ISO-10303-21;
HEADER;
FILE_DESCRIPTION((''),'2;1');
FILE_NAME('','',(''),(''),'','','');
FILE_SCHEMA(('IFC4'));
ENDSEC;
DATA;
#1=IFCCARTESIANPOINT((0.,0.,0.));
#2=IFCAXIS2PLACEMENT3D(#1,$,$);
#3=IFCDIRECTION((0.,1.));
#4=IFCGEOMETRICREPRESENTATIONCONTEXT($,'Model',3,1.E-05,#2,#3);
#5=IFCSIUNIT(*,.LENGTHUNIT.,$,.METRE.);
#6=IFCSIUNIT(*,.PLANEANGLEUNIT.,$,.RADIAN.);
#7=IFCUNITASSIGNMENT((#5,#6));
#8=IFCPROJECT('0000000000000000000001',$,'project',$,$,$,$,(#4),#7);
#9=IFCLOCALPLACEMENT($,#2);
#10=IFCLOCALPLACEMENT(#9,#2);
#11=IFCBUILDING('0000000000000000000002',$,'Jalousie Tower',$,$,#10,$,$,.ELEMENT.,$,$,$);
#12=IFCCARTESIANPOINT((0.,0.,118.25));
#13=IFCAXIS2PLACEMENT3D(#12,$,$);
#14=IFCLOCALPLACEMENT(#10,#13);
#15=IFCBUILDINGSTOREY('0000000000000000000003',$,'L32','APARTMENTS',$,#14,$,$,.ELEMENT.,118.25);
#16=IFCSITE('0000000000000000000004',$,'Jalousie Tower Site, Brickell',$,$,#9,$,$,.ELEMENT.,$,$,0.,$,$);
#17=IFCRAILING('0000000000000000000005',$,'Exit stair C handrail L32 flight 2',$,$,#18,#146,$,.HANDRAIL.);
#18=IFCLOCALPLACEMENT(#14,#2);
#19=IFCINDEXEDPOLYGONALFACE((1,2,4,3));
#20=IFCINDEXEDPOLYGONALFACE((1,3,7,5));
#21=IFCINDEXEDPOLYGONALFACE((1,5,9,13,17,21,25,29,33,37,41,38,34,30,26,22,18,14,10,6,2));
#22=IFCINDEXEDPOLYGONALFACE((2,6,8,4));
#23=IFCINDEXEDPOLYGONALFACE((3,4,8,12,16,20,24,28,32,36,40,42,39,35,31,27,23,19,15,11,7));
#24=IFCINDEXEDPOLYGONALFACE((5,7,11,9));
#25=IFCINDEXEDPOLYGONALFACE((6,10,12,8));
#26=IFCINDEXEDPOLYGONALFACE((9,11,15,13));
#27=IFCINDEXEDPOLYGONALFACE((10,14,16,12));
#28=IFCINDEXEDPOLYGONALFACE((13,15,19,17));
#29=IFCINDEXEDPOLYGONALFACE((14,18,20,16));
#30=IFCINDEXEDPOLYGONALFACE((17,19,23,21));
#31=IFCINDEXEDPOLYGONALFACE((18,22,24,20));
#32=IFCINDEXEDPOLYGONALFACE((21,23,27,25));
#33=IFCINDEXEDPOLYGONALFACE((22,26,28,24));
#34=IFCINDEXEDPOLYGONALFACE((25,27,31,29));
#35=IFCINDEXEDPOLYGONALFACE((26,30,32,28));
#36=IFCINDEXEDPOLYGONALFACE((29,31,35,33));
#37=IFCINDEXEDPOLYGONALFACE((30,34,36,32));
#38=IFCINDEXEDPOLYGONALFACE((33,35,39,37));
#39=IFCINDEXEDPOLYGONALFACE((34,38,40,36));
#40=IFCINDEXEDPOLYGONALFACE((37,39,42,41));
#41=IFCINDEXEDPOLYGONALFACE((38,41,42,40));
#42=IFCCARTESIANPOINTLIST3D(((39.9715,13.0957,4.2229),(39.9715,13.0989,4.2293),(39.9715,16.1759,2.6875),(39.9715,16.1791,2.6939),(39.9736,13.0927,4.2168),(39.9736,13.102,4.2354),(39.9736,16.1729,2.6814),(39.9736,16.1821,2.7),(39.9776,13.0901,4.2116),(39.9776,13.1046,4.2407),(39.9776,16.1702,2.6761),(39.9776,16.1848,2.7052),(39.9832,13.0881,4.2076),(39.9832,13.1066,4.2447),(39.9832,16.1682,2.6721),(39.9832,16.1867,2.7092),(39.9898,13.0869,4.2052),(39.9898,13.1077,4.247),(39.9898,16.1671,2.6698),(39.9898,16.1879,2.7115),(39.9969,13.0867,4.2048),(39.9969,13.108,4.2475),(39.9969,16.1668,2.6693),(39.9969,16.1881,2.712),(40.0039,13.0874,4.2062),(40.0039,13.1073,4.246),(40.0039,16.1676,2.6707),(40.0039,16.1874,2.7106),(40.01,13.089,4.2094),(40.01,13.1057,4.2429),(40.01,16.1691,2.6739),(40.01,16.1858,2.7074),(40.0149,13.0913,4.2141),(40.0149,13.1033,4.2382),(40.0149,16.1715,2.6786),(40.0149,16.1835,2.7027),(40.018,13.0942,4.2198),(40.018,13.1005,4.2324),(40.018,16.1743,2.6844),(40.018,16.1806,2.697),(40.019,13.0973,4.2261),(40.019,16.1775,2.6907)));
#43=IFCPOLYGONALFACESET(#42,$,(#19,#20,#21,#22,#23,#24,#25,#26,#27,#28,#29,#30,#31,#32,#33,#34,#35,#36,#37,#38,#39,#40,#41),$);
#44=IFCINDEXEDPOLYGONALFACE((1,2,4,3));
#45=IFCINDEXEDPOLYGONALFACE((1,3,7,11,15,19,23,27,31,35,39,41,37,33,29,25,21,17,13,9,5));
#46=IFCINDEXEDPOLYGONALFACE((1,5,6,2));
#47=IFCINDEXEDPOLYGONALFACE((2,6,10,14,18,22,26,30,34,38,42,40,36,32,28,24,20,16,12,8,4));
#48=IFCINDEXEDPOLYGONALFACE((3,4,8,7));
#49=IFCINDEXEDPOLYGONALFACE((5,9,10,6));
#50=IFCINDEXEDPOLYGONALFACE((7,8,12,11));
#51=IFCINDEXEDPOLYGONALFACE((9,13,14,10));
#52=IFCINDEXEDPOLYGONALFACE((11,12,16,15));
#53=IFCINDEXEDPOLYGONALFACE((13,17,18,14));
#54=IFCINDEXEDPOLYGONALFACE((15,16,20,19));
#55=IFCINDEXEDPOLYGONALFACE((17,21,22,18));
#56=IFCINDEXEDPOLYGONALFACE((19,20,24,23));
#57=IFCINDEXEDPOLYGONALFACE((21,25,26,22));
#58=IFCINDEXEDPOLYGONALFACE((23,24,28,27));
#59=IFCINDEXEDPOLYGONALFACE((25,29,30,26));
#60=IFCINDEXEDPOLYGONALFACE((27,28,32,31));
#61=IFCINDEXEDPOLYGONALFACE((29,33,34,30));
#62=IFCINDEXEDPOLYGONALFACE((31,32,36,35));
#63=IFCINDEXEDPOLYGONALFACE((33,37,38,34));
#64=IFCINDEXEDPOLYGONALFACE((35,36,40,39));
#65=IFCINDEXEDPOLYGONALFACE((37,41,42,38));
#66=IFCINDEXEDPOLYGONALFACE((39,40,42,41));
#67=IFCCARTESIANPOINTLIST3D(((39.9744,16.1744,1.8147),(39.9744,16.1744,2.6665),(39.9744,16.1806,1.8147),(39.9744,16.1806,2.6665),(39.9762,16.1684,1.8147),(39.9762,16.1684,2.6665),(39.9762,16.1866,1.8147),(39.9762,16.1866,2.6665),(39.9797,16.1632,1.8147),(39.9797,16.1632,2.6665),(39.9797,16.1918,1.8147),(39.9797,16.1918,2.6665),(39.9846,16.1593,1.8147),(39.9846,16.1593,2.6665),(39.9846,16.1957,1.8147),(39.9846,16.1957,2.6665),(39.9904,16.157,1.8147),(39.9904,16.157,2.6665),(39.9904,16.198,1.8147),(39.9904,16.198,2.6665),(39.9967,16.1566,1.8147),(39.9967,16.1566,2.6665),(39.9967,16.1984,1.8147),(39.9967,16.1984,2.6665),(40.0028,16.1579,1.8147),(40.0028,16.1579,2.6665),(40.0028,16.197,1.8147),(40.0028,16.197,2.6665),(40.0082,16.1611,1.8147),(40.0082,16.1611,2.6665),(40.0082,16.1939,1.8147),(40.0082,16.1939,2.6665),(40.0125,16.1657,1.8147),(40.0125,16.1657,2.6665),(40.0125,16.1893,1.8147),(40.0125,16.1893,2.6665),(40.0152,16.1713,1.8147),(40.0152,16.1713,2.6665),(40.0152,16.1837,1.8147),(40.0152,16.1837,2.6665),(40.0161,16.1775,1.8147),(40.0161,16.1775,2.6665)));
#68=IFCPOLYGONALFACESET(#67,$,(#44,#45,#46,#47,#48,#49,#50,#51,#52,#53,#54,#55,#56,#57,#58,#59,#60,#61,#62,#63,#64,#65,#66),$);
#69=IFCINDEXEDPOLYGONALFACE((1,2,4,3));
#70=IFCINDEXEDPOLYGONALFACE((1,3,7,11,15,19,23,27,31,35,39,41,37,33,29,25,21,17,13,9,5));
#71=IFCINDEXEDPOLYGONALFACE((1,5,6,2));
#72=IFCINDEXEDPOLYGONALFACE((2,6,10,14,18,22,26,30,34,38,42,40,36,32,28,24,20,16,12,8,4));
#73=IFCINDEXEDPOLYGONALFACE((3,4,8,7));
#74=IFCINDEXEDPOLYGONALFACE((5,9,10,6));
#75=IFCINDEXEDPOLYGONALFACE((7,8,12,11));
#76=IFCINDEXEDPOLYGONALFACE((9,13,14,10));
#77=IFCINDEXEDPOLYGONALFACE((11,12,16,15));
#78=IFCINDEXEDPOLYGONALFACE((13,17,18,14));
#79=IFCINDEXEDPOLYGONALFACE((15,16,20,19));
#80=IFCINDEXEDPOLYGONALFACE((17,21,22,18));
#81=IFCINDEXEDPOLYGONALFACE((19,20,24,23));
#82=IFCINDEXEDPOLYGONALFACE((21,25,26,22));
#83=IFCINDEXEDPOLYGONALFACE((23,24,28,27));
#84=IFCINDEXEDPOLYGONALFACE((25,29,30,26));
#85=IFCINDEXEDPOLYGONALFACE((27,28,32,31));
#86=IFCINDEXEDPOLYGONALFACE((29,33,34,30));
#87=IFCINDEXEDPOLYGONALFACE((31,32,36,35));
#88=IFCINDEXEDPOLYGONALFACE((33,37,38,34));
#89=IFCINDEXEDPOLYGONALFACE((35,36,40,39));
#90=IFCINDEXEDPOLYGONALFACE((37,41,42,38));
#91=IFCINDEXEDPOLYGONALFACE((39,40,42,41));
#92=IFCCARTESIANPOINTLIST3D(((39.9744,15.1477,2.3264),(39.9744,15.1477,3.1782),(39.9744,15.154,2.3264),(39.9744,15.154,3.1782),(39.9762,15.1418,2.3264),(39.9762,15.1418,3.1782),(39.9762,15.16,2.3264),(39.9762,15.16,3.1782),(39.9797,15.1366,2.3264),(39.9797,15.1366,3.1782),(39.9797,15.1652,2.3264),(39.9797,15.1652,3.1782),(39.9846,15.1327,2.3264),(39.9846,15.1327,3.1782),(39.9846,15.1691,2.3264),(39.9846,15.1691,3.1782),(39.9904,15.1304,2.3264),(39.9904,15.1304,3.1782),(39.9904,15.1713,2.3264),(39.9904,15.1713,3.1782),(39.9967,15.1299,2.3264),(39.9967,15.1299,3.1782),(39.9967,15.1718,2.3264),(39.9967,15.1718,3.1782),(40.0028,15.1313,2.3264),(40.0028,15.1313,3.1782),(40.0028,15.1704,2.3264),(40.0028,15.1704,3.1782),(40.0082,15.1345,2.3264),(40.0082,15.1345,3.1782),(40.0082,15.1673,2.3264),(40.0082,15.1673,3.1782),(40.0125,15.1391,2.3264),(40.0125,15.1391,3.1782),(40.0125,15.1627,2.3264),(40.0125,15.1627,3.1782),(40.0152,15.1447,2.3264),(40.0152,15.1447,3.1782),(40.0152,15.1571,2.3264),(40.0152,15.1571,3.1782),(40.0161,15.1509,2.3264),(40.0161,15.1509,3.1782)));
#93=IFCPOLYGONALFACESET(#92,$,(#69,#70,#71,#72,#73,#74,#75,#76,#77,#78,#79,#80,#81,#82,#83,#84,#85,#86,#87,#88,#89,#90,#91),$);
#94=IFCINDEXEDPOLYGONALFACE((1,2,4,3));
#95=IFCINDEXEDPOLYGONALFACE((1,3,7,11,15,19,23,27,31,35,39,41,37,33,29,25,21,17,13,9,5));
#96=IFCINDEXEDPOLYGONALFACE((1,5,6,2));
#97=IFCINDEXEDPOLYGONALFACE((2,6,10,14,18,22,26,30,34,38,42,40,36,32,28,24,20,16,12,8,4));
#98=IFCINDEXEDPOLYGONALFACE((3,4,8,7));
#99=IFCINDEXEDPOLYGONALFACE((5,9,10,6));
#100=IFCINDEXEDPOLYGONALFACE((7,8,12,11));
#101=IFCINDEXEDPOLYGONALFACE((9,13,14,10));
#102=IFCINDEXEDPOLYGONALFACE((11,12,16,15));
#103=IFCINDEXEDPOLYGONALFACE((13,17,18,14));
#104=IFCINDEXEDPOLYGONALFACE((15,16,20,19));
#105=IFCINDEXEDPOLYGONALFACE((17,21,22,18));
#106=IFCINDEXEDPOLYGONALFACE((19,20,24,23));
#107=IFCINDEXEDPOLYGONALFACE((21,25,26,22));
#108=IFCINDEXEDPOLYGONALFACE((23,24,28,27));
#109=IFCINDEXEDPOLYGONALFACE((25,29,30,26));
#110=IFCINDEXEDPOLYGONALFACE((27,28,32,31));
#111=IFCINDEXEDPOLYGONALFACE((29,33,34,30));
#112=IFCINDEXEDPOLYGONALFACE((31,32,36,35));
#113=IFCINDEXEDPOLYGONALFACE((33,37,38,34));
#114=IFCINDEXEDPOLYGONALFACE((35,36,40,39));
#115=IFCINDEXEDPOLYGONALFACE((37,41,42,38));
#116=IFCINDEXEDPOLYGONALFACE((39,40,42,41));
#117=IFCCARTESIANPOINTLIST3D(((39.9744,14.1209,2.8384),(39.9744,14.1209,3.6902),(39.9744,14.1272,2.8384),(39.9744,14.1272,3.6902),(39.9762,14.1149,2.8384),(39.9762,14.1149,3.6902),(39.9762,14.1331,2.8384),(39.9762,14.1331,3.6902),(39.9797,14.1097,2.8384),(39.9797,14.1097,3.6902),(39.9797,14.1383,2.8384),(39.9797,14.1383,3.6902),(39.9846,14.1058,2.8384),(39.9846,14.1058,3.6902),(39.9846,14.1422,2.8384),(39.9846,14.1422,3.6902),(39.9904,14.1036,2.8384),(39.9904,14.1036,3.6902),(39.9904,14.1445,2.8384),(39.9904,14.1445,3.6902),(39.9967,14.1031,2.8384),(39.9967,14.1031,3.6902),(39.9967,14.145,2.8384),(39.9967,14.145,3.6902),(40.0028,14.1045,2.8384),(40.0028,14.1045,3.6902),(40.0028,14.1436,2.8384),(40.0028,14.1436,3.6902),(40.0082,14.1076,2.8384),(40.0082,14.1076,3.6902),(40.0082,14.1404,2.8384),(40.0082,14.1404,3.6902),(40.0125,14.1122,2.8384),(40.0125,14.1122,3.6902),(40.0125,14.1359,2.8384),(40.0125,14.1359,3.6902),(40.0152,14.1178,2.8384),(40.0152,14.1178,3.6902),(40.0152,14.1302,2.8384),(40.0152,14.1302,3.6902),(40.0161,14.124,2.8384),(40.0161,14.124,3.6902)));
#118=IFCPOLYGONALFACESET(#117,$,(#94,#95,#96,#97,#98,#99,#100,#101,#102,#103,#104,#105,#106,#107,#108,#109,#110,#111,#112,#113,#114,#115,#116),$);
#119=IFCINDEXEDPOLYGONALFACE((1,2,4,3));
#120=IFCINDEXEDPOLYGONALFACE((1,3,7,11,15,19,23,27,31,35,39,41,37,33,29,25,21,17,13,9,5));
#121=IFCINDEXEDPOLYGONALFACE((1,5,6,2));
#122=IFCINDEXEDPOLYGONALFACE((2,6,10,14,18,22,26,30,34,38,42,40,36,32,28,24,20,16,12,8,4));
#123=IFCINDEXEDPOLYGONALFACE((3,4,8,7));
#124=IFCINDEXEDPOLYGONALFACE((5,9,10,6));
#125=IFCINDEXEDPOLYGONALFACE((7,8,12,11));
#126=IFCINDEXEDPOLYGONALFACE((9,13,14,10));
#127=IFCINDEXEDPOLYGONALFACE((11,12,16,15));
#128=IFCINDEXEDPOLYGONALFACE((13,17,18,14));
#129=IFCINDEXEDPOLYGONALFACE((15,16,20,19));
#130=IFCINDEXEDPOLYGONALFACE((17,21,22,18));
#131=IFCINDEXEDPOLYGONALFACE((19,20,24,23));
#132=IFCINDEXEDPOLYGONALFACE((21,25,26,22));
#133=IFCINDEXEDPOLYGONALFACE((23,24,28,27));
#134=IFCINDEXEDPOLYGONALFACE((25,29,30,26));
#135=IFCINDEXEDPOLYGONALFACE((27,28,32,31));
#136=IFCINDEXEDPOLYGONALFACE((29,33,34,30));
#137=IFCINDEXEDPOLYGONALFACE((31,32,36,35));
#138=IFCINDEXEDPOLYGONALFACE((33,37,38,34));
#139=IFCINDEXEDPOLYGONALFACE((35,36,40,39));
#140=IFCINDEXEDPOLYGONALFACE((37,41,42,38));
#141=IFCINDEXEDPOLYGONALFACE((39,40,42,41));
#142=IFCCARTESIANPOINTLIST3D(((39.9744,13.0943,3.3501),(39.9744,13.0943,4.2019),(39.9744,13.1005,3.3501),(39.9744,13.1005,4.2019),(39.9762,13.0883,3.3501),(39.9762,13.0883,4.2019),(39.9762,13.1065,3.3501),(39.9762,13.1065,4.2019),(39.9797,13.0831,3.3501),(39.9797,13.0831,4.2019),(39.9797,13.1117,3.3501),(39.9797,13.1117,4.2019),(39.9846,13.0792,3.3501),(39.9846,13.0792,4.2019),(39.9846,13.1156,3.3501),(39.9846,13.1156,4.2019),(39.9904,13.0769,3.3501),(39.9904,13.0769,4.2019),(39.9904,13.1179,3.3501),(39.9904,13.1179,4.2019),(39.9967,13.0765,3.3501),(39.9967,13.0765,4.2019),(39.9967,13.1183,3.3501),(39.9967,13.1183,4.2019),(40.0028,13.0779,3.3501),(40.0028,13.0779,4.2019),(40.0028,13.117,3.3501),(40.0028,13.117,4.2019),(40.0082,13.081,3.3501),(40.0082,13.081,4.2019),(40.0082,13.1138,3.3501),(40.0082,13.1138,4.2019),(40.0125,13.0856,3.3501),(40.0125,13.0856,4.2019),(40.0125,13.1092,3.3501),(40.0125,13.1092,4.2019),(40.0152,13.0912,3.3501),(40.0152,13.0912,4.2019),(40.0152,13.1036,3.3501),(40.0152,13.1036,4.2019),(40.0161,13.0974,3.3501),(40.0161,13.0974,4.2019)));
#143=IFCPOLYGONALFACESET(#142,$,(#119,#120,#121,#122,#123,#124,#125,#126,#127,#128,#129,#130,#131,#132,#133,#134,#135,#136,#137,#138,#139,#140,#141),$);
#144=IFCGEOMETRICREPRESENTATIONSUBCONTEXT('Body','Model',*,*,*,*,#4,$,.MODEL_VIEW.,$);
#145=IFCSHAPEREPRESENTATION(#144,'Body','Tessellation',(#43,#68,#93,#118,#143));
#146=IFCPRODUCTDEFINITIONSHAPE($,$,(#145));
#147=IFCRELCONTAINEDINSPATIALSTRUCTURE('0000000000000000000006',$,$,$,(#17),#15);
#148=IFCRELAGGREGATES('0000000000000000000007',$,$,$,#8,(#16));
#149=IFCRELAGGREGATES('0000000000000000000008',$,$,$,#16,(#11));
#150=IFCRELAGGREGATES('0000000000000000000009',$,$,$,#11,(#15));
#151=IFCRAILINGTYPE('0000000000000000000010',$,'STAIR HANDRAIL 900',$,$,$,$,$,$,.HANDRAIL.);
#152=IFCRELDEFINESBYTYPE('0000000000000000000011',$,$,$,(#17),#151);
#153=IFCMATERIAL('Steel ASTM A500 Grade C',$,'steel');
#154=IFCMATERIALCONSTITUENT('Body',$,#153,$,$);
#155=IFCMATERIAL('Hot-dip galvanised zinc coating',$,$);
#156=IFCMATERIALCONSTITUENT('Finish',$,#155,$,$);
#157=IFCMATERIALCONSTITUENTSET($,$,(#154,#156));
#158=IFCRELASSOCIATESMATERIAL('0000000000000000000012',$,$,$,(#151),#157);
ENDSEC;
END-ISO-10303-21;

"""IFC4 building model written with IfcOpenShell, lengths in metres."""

from ifc_helpers import new_model, si_unit, direction, frame, origin, origin_2d, place, context, subcontext, project, spatial, circle, extrude, material, constituent, constituent_set, type_object, element, save


model = new_model("IFC4")

# Units and contexts
model_context = context("Model", 3, precision=1e-05, world=origin(), true_north=direction((0.0, 1.0)))
body_context = subcontext(model_context, "Body", "Model", "MODEL_VIEW")
ifc_project = project(units=[si_unit("LENGTHUNIT", "METRE"), si_unit("PLANEANGLEUNIT", "RADIAN")], contexts=[model_context])

# Site, building, storey
site_placement = place(None, origin())
site = spatial("IfcSite", under=ifc_project, at=site_placement, Name="Jalousie Tower Site, Brickell", CompositionType="ELEMENT", RefElevation=0.0)
building_placement = place(site_placement, origin())
building = spatial("IfcBuilding", under=site, at=building_placement, Name="Jalousie Tower", CompositionType="ELEMENT")
storey_placement = place(building_placement, frame((0.0, 0.0, 118.25)))
storey = spatial("IfcBuildingStorey", under=building, at=storey_placement, Name="L32", Description="APARTMENTS", CompositionType="ELEMENT", Elevation=118.25)

# Railing
ifc_material_1 = material(Name="Steel ASTM A500 Grade C", Category="steel")
ifc_constituent_1 = constituent(ifc_material_1, Name="Body")
ifc_material_2 = material(Name="Hot-dip galvanised zinc coating")
ifc_constituent_2 = constituent(ifc_material_2, Name="Finish")
ifc_constituent_set_1 = constituent_set(constituents=[ifc_constituent_1, ifc_constituent_2])
railing_type_1 = type_object("IfcRailingType", Name="STAIR HANDRAIL 900", PredefinedType="HANDRAIL", material=ifc_constituent_set_1)
railing_1_placement = place(storey_placement, frame((39.9951, 16.1775, 1.8147)))
element("IfcRailing", 1, at=railing_1_placement, inside=storey, type_object=railing_type_1, Name="Exit stair C handrail L32 flight 2", PredefinedType="HANDRAIL", context=body_context, shape_type="SweptSolid", body=[
    extrude(circle(Radius=0.0239, at=origin_2d()), frame((0.0, 0.0, 0.876), z_axis=(0.0, -0.894966, 0.446135), x_axis=(1.0, 0.0, 0.0)), (0.0, 0.0, 1.0), 3.4417),
    extrude(circle(Radius=0.021, at=origin_2d()), origin(), (0.0, 0.0, 1.0), 0.8518),
    extrude(circle(Radius=0.021, at=origin_2d()), frame((0.0, -1.0266, 0.5117)), (0.0, 0.0, 1.0), 0.8518),
    extrude(circle(Radius=0.021, at=origin_2d()), frame((0.0, -2.0535, 1.0237)), (0.0, 0.0, 1.0), 0.8518),
    extrude(circle(Radius=0.021, at=origin_2d()), frame((0.0, -3.0801, 1.5354)), (0.0, 0.0, 1.0), 0.8518),
])

save(model, "model.ifc")
